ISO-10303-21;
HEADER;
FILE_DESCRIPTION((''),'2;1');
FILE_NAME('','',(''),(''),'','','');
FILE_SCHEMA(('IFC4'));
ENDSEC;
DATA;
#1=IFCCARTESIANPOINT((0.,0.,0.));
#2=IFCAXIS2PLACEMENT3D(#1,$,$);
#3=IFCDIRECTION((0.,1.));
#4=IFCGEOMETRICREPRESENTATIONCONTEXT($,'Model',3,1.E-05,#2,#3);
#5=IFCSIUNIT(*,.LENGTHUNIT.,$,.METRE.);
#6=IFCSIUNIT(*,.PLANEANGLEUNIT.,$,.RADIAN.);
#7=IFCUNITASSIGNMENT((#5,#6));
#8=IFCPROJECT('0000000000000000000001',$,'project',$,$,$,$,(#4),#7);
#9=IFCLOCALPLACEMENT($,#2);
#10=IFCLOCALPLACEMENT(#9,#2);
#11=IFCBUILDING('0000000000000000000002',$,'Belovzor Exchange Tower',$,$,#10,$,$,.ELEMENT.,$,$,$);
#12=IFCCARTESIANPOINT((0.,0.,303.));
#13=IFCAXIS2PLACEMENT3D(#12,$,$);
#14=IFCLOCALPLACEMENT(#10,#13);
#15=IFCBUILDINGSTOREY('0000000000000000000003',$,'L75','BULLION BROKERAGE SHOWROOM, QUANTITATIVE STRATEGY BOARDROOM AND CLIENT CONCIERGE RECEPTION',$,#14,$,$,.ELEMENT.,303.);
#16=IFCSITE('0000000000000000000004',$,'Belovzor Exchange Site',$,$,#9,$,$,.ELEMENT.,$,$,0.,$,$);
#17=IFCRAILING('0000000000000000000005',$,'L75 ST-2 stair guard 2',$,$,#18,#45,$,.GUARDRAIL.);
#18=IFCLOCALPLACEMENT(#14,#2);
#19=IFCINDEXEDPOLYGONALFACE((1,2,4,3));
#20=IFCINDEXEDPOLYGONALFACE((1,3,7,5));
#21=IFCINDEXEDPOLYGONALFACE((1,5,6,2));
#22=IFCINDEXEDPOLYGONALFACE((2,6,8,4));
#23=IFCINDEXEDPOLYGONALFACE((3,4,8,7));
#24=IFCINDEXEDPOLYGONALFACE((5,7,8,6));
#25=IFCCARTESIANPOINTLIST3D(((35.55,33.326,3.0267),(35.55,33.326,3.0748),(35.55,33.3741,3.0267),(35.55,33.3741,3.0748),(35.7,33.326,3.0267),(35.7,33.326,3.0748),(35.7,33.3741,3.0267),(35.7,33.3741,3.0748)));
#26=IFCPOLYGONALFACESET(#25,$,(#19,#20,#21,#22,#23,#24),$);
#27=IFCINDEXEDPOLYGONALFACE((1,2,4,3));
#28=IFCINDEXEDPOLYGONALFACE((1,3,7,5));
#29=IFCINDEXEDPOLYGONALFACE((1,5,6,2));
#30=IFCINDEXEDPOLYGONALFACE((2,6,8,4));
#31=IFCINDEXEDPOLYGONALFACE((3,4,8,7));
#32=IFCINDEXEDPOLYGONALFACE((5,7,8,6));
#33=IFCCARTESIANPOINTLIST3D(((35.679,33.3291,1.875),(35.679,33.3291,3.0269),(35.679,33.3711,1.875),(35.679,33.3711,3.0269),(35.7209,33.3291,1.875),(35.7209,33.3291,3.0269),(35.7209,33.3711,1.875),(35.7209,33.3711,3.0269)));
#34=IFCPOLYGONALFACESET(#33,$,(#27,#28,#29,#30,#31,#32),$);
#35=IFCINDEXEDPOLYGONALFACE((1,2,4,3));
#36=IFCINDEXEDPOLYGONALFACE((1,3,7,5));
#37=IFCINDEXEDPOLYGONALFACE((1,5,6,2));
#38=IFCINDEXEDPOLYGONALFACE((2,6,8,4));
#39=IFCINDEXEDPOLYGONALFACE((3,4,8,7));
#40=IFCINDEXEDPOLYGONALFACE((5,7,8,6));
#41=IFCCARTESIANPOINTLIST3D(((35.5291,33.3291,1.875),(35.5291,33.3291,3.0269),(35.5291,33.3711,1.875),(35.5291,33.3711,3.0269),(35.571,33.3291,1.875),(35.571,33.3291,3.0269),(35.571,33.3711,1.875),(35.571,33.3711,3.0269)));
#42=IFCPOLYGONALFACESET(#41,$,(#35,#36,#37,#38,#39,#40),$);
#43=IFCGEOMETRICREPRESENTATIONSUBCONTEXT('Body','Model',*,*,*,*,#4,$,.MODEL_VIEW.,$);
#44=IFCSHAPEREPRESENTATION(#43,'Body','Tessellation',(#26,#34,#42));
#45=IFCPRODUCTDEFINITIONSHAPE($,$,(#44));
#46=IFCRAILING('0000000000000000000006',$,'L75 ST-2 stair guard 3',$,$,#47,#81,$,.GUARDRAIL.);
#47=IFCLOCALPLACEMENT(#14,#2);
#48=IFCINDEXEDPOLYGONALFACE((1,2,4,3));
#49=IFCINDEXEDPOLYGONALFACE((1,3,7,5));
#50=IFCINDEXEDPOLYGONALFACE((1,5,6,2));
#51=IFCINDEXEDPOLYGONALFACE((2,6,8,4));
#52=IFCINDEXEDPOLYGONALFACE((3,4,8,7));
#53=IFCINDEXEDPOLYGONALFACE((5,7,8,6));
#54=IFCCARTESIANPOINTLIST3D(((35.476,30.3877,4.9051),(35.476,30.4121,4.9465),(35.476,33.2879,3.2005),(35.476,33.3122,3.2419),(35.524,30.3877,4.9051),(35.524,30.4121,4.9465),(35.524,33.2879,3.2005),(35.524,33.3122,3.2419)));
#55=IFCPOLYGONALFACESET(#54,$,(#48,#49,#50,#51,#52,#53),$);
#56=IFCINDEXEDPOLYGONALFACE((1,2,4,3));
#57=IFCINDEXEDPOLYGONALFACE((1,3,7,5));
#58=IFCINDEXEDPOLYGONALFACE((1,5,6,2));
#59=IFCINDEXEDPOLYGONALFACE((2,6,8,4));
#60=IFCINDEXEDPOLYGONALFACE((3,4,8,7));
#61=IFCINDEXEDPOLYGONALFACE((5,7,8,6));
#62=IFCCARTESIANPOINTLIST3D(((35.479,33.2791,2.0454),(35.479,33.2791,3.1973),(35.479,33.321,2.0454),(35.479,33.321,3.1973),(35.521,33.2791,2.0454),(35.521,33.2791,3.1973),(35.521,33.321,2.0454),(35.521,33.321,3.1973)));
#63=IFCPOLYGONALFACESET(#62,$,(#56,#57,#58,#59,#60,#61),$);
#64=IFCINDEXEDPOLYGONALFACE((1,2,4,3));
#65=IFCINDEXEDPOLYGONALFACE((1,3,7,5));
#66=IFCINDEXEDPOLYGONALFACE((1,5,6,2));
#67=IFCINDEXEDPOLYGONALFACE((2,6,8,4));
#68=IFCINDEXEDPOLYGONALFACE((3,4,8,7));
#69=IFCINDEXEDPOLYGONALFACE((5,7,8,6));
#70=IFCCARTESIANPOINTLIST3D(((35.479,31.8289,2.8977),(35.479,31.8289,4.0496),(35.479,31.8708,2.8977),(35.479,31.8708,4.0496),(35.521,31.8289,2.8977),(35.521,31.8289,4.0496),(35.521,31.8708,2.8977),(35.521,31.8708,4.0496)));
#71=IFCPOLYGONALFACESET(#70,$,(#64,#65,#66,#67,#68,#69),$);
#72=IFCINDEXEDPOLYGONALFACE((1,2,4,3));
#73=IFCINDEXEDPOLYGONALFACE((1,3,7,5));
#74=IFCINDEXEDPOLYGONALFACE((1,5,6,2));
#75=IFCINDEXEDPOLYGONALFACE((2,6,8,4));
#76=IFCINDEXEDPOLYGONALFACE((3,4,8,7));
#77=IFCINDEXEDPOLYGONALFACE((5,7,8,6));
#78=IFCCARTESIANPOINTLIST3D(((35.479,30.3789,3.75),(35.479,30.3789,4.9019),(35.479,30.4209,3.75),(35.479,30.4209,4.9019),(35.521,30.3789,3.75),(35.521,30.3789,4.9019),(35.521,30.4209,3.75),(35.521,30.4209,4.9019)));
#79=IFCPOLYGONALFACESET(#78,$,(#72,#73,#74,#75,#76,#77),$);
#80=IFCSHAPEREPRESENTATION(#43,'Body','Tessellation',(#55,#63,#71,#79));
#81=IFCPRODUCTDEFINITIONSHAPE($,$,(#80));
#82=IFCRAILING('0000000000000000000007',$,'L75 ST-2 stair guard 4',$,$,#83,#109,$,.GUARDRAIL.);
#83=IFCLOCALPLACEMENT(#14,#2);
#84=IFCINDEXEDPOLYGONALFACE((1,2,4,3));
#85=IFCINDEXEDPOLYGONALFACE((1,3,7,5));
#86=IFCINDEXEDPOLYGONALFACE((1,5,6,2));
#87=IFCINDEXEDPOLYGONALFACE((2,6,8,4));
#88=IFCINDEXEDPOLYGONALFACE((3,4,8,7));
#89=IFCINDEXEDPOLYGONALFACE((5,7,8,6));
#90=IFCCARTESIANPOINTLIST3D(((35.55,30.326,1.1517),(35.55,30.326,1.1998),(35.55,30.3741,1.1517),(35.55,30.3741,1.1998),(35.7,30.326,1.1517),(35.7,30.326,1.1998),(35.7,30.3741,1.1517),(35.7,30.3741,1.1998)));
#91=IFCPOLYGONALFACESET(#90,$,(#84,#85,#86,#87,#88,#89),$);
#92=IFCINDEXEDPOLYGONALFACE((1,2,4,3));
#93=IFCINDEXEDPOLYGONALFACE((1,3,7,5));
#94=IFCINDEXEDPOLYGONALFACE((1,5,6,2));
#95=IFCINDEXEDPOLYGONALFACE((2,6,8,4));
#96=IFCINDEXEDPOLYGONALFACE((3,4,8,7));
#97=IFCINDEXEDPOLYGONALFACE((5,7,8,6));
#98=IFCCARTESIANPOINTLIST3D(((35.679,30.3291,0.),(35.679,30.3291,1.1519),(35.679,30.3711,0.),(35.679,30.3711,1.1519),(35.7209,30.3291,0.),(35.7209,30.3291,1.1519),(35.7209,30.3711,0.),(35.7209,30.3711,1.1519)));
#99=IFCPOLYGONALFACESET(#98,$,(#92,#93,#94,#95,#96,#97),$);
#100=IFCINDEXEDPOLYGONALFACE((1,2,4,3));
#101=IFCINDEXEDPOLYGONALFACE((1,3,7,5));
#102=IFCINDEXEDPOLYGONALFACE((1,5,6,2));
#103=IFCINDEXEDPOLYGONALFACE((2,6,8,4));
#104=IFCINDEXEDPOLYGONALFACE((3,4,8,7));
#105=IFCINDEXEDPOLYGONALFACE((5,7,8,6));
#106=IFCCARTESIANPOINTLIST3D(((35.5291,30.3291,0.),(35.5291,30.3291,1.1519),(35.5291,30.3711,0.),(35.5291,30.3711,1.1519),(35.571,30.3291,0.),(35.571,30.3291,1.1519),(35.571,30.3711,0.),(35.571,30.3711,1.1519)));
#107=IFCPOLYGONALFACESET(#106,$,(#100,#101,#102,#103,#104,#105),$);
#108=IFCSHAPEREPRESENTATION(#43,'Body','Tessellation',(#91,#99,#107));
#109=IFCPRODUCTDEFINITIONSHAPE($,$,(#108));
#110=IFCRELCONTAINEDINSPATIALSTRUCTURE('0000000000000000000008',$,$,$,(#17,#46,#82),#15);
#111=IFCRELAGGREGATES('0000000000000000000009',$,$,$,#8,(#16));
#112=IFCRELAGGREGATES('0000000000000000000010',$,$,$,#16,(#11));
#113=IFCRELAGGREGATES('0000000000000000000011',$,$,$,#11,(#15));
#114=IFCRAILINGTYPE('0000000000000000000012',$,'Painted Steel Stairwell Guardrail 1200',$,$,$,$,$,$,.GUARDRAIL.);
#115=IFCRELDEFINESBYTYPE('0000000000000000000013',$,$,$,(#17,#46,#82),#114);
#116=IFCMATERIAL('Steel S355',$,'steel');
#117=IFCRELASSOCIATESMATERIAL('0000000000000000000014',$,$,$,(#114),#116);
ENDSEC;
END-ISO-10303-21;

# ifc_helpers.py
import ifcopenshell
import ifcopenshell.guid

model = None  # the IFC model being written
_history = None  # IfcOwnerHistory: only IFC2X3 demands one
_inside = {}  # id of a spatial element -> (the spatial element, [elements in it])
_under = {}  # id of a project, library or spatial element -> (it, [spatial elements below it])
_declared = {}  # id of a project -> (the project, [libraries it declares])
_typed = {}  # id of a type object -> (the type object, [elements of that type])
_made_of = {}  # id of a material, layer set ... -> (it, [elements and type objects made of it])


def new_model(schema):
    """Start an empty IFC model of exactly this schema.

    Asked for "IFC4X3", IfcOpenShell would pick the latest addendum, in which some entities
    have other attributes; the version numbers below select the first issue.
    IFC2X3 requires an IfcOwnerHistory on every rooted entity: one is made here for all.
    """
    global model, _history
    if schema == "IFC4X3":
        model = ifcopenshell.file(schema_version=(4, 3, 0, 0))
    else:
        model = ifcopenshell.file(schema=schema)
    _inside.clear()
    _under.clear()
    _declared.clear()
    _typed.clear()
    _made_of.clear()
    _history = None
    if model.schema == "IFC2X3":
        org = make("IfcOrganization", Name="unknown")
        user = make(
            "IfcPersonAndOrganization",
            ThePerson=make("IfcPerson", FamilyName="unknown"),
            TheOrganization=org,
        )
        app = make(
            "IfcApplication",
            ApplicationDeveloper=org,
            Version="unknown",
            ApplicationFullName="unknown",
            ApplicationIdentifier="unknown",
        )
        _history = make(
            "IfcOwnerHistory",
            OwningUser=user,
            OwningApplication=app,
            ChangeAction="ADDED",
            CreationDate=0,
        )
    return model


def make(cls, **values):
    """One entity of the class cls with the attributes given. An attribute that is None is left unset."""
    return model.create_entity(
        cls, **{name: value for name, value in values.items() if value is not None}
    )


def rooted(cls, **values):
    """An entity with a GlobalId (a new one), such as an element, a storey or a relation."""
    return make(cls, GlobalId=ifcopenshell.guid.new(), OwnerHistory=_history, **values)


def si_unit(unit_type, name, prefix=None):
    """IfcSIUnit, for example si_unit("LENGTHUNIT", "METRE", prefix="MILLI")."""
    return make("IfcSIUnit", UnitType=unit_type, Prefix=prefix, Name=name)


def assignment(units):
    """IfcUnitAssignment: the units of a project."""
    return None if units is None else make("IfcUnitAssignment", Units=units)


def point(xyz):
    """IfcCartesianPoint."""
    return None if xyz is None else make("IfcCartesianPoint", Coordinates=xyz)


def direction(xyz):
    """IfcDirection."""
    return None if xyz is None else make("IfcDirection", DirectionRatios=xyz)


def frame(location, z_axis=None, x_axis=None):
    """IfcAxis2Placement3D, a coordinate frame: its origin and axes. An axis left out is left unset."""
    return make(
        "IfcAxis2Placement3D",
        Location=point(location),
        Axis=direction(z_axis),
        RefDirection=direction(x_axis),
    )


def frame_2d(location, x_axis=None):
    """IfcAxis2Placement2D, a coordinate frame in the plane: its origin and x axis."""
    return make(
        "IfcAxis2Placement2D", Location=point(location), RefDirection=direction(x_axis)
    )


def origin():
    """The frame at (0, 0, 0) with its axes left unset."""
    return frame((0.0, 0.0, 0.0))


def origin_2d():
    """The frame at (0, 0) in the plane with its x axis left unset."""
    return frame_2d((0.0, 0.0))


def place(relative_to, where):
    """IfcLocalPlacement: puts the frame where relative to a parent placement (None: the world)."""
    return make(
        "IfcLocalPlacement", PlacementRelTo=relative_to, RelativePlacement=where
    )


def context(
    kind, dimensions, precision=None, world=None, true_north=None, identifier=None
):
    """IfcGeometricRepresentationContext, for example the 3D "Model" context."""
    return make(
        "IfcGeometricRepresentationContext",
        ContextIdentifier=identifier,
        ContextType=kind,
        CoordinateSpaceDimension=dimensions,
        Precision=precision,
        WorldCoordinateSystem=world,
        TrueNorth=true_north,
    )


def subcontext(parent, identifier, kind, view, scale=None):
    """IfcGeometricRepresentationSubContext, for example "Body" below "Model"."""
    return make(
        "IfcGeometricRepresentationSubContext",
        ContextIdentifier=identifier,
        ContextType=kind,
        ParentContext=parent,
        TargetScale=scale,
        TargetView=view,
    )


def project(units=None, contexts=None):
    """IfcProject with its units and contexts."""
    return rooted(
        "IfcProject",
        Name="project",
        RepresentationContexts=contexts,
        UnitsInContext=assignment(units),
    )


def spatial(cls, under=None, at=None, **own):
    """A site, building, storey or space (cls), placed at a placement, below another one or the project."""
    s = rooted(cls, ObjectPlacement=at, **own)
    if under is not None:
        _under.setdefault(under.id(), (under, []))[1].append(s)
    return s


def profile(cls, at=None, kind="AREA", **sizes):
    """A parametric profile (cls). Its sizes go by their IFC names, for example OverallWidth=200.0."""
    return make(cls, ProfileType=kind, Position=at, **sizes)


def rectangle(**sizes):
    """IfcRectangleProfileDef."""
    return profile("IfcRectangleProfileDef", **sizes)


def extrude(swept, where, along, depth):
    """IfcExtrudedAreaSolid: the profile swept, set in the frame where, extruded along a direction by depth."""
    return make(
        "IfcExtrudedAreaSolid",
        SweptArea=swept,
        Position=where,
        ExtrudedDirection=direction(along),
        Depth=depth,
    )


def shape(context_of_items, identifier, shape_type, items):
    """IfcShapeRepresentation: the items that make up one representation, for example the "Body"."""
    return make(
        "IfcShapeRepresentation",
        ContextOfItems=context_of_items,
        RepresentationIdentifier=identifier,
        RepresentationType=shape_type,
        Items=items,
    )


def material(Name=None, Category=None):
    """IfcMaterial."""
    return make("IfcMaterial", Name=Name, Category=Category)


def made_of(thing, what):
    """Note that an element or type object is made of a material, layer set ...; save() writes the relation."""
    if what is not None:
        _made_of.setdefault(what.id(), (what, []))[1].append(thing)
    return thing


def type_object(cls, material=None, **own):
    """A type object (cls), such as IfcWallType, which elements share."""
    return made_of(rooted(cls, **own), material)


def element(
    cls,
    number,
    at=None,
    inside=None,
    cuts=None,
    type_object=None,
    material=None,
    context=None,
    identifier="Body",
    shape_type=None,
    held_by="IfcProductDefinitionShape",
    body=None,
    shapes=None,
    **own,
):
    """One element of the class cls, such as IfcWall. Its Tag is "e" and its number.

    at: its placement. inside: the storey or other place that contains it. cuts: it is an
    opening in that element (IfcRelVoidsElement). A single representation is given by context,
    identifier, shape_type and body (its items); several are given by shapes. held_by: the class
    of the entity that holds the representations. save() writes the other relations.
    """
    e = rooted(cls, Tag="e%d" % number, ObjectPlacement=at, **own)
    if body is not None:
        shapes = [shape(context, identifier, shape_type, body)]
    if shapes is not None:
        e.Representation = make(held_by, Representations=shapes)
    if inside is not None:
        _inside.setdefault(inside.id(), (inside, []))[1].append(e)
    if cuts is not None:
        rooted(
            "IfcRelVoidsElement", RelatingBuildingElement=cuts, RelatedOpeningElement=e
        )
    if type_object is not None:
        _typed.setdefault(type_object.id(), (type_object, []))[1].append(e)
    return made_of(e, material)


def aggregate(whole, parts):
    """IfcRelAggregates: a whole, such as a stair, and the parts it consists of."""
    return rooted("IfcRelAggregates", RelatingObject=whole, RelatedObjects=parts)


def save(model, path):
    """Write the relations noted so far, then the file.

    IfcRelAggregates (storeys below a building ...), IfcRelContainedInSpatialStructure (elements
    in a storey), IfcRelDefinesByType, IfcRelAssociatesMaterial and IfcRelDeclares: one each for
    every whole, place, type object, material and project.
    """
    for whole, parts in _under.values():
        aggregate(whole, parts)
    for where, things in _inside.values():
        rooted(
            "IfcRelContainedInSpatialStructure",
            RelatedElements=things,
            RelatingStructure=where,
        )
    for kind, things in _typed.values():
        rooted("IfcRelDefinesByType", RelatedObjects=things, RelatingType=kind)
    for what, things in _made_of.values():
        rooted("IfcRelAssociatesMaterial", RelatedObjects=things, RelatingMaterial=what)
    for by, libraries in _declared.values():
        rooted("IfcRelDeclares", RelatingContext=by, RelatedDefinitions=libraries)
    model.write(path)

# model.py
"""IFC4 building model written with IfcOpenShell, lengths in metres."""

from ifc_helpers import new_model, si_unit, direction, frame, origin, origin_2d, place, context, subcontext, project, spatial, rectangle, extrude, material, type_object, element, save


model = new_model("IFC4")

# Units and contexts
model_context = context("Model", 3, precision=1e-05, world=origin(), true_north=direction((0.0, 1.0)))
body_context = subcontext(model_context, "Body", "Model", "MODEL_VIEW")
ifc_project = project(units=[si_unit("LENGTHUNIT", "METRE"), si_unit("PLANEANGLEUNIT", "RADIAN")], contexts=[model_context])

# Site, building, storey
site_placement = place(None, origin())
site = spatial("IfcSite", under=ifc_project, at=site_placement, Name="Belovzor Exchange Site", CompositionType="ELEMENT", RefElevation=0.0)
building_placement = place(site_placement, origin())
building = spatial("IfcBuilding", under=site, at=building_placement, Name="Belovzor Exchange Tower", CompositionType="ELEMENT")
storey_placement = place(building_placement, frame((0.0, 0.0, 303.0)))
storey = spatial("IfcBuildingStorey", under=building, at=storey_placement, Name="L75", Description="BULLION BROKERAGE SHOWROOM, QUANTITATIVE STRATEGY BOARDROOM AND CLIENT CONCIERGE RECEPTION", CompositionType="ELEMENT", Elevation=303.0)

# Railings
ifc_material_1 = material(Name="Steel S355", Category="steel")
railing_type_1 = type_object("IfcRailingType", Name="Painted Steel Stairwell Guardrail 1200", PredefinedType="GUARDRAIL", material=ifc_material_1)
railing_1_placement = place(storey_placement, frame((35.7, 33.3501, 1.875)))
element("IfcRailing", 1, at=railing_1_placement, inside=storey, type_object=railing_type_1, Name="L75 ST-2 stair guard 2", PredefinedType="GUARDRAIL", context=body_context, shape_type="SweptSolid", body=[
    extrude(rectangle(XDim=0.0481, YDim=0.0481, at=origin_2d()), frame((0.0, 0.0, 1.1758), z_axis=(-1.0, 0.0, 0.0), x_axis=(0.0, -1.0, 0.0)), (0.0, 0.0, 1.0), 0.1499),
    extrude(rectangle(XDim=0.042, YDim=0.042, at=origin_2d()), origin(), (0.0, 0.0, 1.0), 1.1519),
    extrude(rectangle(XDim=0.042, YDim=0.042, at=origin_2d()), frame((-0.1499, 0.0, 0.0)), (0.0, 0.0, 1.0), 1.1519),
])
railing_2_placement = place(storey_placement, frame((35.5, 33.3, 2.0454)))
element("IfcRailing", 2, at=railing_2_placement, inside=storey, type_object=railing_type_1, Name="L75 ST-2 stair guard 3", PredefinedType="GUARDRAIL", context=body_context, shape_type="SweptSolid", body=[
    extrude(rectangle(XDim=0.0481, YDim=0.0481, at=origin_2d()), frame((0.0, 0.0, 1.1758), z_axis=(0.0, -0.862113, 0.506716), x_axis=(1.0, 0.0, 0.0)), (0.0, 0.0, 1.0), 3.364),
    extrude(rectangle(XDim=0.042, YDim=0.042, at=origin_2d()), origin(), (0.0, 0.0, 1.0), 1.1519),
    extrude(rectangle(XDim=0.042, YDim=0.042, at=origin_2d()), frame((0.0, -1.4502, 0.8523)), (0.0, 0.0, 1.0), 1.1519),
    extrude(rectangle(XDim=0.042, YDim=0.042, at=origin_2d()), frame((0.0, -2.9001, 1.7046)), (0.0, 0.0, 1.0), 1.1519),
])
railing_3_placement = place(storey_placement, frame((35.7, 30.3501, 0.0)))
element("IfcRailing", 3, at=railing_3_placement, inside=storey, type_object=railing_type_1, Name="L75 ST-2 stair guard 4", PredefinedType="GUARDRAIL", context=body_context, shape_type="SweptSolid", body=[
    extrude(rectangle(XDim=0.0481, YDim=0.0481, at=origin_2d()), frame((0.0, 0.0, 1.1758), z_axis=(-1.0, 0.0, 0.0), x_axis=(0.0, -1.0, 0.0)), (0.0, 0.0, 1.0), 0.1499),
    extrude(rectangle(XDim=0.042, YDim=0.042, at=origin_2d()), origin(), (0.0, 0.0, 1.0), 1.1519),
    extrude(rectangle(XDim=0.042, YDim=0.042, at=origin_2d()), frame((-0.1499, 0.0, 0.0)), (0.0, 0.0, 1.0), 1.1519),
])

save(model, "model.ifc")
